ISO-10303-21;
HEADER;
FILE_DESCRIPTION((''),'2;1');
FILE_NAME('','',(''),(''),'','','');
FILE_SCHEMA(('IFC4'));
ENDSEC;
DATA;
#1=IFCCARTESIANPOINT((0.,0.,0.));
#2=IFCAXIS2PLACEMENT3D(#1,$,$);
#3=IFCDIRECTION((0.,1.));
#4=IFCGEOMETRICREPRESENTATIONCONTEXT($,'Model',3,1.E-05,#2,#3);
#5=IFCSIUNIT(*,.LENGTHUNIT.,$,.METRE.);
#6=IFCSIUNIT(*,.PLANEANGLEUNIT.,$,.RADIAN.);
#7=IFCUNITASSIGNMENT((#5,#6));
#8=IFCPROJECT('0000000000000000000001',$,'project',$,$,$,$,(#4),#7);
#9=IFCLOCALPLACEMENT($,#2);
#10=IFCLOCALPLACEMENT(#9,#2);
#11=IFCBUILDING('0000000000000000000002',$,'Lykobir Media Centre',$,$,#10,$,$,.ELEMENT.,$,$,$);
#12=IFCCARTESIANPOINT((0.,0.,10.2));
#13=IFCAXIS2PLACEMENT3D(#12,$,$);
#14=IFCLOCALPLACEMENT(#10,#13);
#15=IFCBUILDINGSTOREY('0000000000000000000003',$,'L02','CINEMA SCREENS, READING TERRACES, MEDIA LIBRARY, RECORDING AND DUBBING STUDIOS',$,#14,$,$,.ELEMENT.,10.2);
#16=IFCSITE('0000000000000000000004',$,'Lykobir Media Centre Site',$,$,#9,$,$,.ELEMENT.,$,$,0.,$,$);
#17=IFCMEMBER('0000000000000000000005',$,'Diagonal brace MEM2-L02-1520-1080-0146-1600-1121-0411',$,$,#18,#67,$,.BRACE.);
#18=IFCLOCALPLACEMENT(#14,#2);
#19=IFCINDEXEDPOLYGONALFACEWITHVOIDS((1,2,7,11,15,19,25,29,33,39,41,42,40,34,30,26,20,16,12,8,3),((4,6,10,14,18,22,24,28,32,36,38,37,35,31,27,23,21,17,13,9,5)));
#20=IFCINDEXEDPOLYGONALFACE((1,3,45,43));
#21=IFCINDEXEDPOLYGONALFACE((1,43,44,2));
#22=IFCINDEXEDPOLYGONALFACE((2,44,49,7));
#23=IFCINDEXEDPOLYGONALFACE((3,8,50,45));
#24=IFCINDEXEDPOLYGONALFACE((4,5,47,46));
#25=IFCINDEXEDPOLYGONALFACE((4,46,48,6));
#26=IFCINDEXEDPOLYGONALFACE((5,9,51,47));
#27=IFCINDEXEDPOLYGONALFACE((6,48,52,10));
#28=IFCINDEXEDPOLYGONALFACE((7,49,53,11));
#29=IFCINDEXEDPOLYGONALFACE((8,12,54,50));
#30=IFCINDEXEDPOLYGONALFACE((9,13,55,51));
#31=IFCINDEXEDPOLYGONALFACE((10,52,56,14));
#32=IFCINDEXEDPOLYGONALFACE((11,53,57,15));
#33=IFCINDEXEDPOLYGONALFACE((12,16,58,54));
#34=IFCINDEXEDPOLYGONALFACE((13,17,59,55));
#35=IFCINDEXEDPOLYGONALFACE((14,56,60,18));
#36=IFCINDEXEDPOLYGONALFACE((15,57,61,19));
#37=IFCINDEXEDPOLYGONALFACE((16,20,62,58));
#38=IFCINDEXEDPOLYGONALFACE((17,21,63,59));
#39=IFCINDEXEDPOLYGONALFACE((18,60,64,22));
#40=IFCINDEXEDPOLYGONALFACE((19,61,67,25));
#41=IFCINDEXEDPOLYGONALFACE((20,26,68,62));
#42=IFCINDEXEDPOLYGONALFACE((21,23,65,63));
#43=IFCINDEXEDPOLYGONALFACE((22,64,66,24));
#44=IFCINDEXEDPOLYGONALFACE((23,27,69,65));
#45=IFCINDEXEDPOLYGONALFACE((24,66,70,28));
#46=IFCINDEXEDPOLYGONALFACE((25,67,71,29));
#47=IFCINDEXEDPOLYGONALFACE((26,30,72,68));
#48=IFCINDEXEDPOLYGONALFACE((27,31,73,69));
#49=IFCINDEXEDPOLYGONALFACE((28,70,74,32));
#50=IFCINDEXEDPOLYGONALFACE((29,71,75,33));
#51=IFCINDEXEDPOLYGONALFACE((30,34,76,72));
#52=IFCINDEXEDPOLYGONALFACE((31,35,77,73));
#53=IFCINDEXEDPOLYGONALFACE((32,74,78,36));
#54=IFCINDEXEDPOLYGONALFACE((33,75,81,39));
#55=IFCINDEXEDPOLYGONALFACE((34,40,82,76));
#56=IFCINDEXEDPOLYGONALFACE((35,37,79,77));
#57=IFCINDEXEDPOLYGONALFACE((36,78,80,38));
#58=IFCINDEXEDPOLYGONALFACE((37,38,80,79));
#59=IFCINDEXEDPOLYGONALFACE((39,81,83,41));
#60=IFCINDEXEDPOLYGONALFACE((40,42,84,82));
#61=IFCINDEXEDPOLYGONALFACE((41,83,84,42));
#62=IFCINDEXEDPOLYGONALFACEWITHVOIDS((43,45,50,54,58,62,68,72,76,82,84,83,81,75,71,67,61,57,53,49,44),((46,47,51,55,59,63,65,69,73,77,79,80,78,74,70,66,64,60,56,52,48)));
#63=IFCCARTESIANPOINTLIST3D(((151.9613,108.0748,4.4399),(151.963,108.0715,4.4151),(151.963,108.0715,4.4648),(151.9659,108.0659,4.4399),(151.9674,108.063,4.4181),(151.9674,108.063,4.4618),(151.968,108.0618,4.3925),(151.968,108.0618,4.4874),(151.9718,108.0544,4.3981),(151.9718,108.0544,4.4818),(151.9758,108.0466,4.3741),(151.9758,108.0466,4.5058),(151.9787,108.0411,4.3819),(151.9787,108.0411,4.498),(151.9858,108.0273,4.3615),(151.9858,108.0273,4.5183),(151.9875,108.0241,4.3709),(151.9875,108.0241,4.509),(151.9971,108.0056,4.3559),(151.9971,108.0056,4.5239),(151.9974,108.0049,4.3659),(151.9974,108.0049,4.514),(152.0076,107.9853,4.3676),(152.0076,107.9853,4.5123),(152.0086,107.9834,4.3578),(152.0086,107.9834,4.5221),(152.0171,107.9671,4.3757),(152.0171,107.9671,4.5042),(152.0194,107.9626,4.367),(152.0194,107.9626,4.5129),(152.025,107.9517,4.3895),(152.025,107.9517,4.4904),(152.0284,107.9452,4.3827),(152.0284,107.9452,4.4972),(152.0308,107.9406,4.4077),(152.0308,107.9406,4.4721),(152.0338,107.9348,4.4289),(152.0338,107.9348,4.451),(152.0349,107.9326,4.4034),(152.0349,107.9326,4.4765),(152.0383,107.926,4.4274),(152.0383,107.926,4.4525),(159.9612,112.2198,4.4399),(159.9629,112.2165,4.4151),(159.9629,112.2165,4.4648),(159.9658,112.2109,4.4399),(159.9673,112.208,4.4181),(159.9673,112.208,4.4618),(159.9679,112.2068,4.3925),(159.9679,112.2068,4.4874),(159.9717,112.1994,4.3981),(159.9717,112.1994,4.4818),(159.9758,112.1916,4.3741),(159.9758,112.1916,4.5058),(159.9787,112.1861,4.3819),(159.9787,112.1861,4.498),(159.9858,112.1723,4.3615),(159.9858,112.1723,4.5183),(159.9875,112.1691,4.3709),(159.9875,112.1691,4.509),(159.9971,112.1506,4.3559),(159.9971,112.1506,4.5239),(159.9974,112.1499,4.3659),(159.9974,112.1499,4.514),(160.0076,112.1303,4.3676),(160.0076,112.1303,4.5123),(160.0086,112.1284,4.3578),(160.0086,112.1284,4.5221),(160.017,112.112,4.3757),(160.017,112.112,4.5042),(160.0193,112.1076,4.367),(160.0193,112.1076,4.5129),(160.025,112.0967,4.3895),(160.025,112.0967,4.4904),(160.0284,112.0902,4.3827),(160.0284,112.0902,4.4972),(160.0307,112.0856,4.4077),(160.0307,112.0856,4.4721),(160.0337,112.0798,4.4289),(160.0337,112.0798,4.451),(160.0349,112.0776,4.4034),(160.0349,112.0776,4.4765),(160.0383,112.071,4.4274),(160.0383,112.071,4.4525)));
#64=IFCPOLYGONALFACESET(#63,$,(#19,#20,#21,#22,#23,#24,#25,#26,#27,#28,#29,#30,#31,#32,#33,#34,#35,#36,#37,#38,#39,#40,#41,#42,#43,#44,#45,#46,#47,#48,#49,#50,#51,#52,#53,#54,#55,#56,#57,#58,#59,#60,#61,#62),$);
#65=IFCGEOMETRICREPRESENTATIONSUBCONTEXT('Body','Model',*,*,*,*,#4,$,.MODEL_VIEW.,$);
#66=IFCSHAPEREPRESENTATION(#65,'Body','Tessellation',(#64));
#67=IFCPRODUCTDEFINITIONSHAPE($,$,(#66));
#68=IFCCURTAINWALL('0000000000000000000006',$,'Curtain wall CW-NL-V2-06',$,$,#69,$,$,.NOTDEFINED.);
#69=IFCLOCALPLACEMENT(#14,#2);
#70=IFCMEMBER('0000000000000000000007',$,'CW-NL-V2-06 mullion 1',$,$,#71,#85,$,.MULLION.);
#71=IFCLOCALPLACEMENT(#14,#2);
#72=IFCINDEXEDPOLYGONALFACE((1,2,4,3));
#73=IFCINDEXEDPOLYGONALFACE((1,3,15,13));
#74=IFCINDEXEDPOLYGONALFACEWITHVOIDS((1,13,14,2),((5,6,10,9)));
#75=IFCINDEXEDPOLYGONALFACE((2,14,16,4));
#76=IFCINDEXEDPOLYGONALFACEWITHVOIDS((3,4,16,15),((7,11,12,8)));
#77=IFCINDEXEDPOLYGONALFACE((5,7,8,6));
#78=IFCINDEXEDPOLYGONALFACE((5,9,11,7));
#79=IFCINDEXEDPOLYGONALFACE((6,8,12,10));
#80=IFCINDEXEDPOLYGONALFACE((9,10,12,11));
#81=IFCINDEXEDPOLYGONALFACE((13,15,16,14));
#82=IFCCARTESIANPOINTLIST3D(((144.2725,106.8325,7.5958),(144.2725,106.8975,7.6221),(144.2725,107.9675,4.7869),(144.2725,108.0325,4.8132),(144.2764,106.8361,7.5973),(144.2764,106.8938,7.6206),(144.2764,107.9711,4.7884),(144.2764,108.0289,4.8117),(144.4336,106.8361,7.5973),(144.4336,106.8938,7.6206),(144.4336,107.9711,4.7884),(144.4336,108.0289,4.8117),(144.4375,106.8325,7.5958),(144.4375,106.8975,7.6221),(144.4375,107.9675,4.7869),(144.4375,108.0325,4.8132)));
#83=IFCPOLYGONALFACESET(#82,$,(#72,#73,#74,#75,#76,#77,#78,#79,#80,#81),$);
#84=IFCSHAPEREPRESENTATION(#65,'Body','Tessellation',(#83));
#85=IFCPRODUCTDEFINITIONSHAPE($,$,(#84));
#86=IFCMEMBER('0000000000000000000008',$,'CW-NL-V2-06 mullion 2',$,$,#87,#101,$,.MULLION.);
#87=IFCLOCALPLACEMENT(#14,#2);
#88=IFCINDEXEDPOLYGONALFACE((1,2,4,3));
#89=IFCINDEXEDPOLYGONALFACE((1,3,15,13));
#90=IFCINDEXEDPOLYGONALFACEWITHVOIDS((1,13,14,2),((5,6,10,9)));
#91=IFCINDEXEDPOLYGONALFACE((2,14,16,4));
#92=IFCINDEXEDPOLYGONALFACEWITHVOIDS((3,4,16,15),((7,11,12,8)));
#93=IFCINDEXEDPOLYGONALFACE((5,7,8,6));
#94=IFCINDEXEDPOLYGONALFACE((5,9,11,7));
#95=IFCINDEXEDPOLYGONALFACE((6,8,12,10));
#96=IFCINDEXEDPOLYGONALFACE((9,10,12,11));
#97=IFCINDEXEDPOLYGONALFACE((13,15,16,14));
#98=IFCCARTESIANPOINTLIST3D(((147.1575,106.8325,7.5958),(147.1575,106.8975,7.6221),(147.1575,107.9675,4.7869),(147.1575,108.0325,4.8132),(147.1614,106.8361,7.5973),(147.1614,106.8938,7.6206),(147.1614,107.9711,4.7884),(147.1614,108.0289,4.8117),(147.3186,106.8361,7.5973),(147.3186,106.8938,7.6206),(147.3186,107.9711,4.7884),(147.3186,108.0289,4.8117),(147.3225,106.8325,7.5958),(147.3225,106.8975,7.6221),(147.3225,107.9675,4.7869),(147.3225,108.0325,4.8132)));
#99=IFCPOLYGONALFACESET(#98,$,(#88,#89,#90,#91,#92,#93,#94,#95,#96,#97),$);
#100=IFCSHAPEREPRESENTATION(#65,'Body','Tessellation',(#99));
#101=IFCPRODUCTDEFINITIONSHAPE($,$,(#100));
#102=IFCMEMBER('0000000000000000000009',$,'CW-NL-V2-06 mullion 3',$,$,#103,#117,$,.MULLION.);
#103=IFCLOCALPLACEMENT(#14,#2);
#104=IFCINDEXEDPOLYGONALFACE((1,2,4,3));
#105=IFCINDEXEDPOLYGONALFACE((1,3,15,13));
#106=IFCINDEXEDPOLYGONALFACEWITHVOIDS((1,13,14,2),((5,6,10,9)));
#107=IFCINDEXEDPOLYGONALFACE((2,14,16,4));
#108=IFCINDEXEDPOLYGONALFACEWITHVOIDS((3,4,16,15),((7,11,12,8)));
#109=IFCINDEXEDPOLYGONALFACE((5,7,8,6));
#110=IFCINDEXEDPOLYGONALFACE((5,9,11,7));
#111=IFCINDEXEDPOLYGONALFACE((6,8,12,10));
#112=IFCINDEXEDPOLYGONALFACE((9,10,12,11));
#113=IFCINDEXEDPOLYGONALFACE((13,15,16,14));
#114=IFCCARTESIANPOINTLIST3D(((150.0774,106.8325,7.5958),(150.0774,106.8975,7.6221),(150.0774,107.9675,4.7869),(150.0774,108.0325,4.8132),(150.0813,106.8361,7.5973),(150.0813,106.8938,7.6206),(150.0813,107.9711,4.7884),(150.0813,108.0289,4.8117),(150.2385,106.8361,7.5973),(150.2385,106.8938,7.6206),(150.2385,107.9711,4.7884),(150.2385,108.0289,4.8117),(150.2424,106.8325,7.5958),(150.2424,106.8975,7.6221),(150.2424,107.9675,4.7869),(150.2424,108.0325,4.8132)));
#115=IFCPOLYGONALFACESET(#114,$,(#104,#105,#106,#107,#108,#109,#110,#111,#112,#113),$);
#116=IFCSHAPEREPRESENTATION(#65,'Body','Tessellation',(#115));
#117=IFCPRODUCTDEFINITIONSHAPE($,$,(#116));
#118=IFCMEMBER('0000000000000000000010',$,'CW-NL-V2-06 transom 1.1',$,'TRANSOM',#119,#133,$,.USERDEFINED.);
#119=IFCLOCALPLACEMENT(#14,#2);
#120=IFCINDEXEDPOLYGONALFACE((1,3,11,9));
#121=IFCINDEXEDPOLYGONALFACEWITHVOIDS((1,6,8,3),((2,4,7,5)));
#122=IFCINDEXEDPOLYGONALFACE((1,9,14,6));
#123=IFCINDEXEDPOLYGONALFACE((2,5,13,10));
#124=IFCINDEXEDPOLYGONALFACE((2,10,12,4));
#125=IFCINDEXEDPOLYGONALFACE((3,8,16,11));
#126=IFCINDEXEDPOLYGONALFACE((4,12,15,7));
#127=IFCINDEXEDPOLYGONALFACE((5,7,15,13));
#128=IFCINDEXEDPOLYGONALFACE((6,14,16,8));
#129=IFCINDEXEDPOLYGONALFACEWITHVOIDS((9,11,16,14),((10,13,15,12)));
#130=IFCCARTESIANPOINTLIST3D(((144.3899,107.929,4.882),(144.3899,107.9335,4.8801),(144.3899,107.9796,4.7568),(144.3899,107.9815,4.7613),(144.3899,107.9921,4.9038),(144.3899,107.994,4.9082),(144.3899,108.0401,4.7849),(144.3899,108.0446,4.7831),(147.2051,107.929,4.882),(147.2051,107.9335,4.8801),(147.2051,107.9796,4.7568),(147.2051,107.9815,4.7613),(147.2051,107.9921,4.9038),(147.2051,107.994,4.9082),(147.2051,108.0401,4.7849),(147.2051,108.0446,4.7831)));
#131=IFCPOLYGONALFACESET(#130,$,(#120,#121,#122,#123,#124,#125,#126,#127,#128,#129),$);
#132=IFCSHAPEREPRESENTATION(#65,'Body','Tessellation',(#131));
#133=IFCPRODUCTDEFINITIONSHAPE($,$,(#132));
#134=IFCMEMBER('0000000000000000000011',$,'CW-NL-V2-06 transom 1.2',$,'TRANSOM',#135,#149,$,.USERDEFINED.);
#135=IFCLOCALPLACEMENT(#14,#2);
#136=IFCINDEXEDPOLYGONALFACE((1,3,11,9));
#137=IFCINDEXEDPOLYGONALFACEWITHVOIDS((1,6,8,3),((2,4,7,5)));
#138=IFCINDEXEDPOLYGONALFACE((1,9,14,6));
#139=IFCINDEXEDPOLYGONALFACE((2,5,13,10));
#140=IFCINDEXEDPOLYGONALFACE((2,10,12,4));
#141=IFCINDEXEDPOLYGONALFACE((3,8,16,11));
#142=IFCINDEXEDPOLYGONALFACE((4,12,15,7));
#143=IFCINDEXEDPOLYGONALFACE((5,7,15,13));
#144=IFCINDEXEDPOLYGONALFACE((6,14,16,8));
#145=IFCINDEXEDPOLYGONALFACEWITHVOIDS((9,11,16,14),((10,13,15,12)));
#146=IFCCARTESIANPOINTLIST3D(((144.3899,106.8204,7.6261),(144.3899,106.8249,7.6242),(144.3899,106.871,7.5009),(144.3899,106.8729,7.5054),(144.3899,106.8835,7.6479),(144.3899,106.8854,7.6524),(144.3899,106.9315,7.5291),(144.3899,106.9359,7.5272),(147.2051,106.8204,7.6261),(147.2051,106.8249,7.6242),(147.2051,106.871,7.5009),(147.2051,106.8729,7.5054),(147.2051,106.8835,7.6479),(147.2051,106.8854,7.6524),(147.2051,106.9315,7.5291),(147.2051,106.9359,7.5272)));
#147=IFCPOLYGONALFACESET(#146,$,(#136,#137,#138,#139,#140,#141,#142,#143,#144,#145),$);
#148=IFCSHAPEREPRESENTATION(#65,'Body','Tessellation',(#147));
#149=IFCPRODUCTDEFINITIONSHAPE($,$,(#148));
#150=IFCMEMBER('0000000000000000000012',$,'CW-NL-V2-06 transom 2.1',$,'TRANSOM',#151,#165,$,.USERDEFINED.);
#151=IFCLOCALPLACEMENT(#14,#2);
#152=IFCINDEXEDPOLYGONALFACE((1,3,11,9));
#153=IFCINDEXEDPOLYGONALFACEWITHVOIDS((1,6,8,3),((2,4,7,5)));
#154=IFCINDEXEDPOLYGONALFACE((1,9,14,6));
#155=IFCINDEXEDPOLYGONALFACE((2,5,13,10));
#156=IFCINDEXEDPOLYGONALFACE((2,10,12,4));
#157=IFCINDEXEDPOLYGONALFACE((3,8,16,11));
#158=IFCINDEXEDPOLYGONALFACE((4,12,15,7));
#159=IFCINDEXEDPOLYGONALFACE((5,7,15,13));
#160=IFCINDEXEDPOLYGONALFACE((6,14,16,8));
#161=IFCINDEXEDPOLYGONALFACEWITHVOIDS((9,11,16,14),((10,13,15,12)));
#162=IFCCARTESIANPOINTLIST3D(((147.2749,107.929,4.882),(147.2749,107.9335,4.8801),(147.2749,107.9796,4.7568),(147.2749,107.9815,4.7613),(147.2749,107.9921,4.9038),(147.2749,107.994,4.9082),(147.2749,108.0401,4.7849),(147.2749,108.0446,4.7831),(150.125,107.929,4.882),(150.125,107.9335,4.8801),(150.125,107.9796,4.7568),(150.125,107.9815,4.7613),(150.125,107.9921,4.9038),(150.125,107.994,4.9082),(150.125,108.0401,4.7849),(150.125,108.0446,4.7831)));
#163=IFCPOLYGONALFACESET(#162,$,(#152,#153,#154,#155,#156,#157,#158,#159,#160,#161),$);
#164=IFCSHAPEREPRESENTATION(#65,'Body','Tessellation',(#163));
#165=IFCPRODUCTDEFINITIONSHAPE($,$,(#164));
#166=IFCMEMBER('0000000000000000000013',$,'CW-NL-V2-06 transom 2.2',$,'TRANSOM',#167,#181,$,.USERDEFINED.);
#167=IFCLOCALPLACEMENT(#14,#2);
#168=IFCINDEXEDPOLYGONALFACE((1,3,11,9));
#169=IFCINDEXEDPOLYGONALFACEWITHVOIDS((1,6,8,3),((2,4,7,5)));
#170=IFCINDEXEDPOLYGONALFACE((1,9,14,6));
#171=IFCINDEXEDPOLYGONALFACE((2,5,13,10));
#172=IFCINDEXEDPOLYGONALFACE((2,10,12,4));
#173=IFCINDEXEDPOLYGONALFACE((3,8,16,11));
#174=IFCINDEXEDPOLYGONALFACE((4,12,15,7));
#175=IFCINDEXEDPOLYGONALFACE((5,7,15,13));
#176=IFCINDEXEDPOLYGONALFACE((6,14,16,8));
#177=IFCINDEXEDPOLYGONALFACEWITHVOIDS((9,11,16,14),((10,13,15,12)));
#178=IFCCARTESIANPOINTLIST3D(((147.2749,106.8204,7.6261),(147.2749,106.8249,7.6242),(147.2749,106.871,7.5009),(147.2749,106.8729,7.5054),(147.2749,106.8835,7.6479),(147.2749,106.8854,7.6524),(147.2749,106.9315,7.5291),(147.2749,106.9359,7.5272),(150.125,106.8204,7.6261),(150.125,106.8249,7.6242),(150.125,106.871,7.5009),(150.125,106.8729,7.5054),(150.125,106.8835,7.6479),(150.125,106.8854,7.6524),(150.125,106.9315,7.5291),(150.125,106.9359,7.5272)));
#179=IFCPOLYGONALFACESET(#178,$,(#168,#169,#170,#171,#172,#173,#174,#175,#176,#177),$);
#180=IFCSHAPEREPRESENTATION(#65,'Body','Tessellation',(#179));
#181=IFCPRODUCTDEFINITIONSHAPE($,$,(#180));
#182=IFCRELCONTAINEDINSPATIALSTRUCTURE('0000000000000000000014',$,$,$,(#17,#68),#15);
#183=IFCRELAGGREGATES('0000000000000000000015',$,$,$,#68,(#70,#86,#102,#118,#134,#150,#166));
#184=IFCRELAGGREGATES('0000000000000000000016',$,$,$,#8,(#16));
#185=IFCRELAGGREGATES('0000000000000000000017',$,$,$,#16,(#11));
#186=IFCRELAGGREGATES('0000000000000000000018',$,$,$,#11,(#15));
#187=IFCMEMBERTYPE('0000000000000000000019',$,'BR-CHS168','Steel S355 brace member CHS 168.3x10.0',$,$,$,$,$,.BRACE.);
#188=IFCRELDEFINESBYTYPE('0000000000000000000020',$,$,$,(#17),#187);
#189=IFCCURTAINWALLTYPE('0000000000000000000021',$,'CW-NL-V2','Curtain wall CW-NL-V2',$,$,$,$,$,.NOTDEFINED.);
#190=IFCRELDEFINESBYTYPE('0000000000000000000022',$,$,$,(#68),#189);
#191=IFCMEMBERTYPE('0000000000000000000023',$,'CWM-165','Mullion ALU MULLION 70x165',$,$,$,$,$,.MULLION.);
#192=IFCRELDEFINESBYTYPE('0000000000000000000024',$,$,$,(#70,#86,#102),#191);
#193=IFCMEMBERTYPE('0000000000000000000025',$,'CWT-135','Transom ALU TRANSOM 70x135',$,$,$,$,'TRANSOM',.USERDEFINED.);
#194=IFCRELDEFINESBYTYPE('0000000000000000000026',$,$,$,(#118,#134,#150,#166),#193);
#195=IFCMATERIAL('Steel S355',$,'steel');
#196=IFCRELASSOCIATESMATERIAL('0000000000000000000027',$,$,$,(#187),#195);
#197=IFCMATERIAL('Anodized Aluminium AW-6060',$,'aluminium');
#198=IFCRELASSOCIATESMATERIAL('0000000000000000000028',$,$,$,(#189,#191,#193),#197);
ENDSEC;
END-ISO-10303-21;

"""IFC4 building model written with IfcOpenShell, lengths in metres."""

from ifc_helpers import new_model, si_unit, direction, frame, origin, origin_2d, place, context, subcontext, project, spatial, hollow_rectangle, hollow_circle, extrude, material, material_profile, profile_set, type_object, element, aggregate, save


model = new_model("IFC4")

# Units and contexts
model_context = context("Model", 3, precision=1e-05, world=origin(), true_north=direction((0.0, 1.0)))
body_context = subcontext(model_context, "Body", "Model", "MODEL_VIEW")
ifc_project = project(units=[si_unit("LENGTHUNIT", "METRE"), si_unit("PLANEANGLEUNIT", "RADIAN")], contexts=[model_context])

# Site, building, storey
site_placement = place(None, origin())
site = spatial("IfcSite", under=ifc_project, at=site_placement, Name="Lykobir Media Centre Site", CompositionType="ELEMENT", RefElevation=0.0)
building_placement = place(site_placement, origin())
building = spatial("IfcBuilding", under=site, at=building_placement, Name="Lykobir Media Centre", CompositionType="ELEMENT")
storey_placement = place(building_placement, frame((0.0, 0.0, 10.2)))
storey = spatial("IfcBuildingStorey", under=building, at=storey_placement, Name="L02", Description="CINEMA SCREENS, READING TERRACES, MEDIA LIBRARY, RECORDING AND DUBBING STUDIOS", CompositionType="ELEMENT", Elevation=10.2)

# Member
ifc_material_1 = material(Name="Steel S355", Category="steel")
ifc_material_profile_1 = material_profile(ifc_material_1, hollow_circle(Radius=0.0842, WallThickness=0.01, at=origin_2d()), Name="CHS 168.3x10.0")
ifc_profile_set_1 = profile_set([ifc_material_profile_1], Name="Steel S355")
member_type_1 = type_object("IfcMemberType", Name="BR-CHS168", Description="Steel S355 brace member CHS 168.3x10.0", PredefinedType="BRACE", material=ifc_profile_set_1)
for number, where, z_axis, x_axis, name in (
    (1, (152.0, 108.0, 4.4399), (0.887896, 0.460043, 0.0), (-0.460043, 0.887896, 0.0), "Diagonal brace MEM2-L02-1520-1080-0146-1600-1121-0411"),
):
    element("IfcMember", number, at=place(storey_placement, frame(where, z_axis=z_axis, x_axis=x_axis)), inside=storey, type_object=member_type_1, Name=name, PredefinedType="BRACE", context=body_context, shape_type="SweptSolid", body=[
        extrude(hollow_circle(Radius=0.0842, WallThickness=0.01, at=origin_2d()), origin(), (0.0, 0.0, 1.0), 9.01),
    ])

# Curtain wall, members
ifc_material_2 = material(Name="Anodized Aluminium AW-6060", Category="aluminium")
curtain_wall_type = type_object("IfcCurtainWallType", Name="CW-NL-V2", Description="Curtain wall CW-NL-V2", PredefinedType="NOTDEFINED", material=ifc_material_2)
curtain_wall_placement = place(storey_placement, origin())
curtain_wall = element("IfcCurtainWall", 2, at=curtain_wall_placement, inside=storey, type_object=curtain_wall_type, Name="Curtain wall CW-NL-V2-06", PredefinedType="NOTDEFINED")
ifc_material_profile_2 = material_profile(ifc_material_2, hollow_rectangle(XDim=0.0701, YDim=0.165, WallThickness=0.0039, at=origin_2d()), Name="ALU MULLION 70x165")
ifc_profile_set_2 = profile_set([ifc_material_profile_2], Name="Anodized Aluminium AW-6060")
member_type_2 = type_object("IfcMemberType", Name="CWM-165", Description="Mullion ALU MULLION 70x165", PredefinedType="MULLION", material=ifc_profile_set_2)
member_1_placement = place(storey_placement, frame((144.355, 108.0, 4.8), z_axis=(0.0, -0.374654, 0.927165), x_axis=(0.0, 0.927165, 0.374654)))
member_1 = element("IfcMember", 3, at=member_1_placement, type_object=member_type_2, Name="CW-NL-V2-06 mullion 1", PredefinedType="MULLION", context=body_context, shape_type="SweptSolid", body=[
    extrude(hollow_rectangle(XDim=0.0701, YDim=0.165, WallThickness=0.0039, at=origin_2d()), origin(), (0.0, 0.0, 1.0), 3.0295),
])
member_2_placement = place(storey_placement, frame((147.24, 108.0, 4.8), z_axis=(0.0, -0.374654, 0.927165), x_axis=(0.0, 0.927165, 0.374654)))
member_2 = element("IfcMember", 4, at=member_2_placement, type_object=member_type_2, Name="CW-NL-V2-06 mullion 2", PredefinedType="MULLION", context=body_context, shape_type="SweptSolid", body=[
    extrude(hollow_rectangle(XDim=0.0701, YDim=0.165, WallThickness=0.0039, at=origin_2d()), origin(), (0.0, 0.0, 1.0), 3.0295),
])
member_3_placement = place(storey_placement, frame((150.1599, 108.0, 4.8), z_axis=(0.0, -0.374654, 0.927165), x_axis=(0.0, 0.927165, 0.374654)))
member_3 = element("IfcMember", 5, at=member_3_placement, type_object=member_type_2, Name="CW-NL-V2-06 mullion 3", PredefinedType="MULLION", context=body_context, shape_type="SweptSolid", body=[
    extrude(hollow_rectangle(XDim=0.0701, YDim=0.165, WallThickness=0.0039, at=origin_2d()), origin(), (0.0, 0.0, 1.0), 3.0295),
])
ifc_material_profile_3 = material_profile(ifc_material_2, hollow_rectangle(XDim=0.0701, YDim=0.135, WallThickness=0.0034, at=origin_2d()), Name="ALU TRANSOM 70x135")
ifc_profile_set_3 = profile_set([ifc_material_profile_3], Name="Anodized Aluminium AW-6060")
member_type_3 = type_object("IfcMemberType", Name="CWT-135", Description="Transom ALU TRANSOM 70x135", ElementType="TRANSOM", PredefinedType="USERDEFINED", material=ifc_profile_set_3)
member_4_placement = place(storey_placement, frame((144.3899, 107.9868, 4.8325), z_axis=(1.0, 0.0, 0.0), x_axis=(0.0, 0.927184, 0.374607)))
member_4 = element("IfcMember", 6, at=member_4_placement, type_object=member_type_3, Name="CW-NL-V2-06 transom 1.1", ObjectType="TRANSOM", PredefinedType="USERDEFINED", context=body_context, shape_type="SweptSolid", body=[
    extrude(hollow_rectangle(XDim=0.0701, YDim=0.135, WallThickness=0.0034, at=origin_2d()), origin(), (0.0, 0.0, 1.0), 2.8152),
])
member_5_placement = place(storey_placement, frame((144.3899, 106.8782, 7.5767), z_axis=(1.0, 0.0, 0.0), x_axis=(0.0, 0.927184, 0.374607)))
member_5 = element("IfcMember", 7, at=member_5_placement, type_object=member_type_3, Name="CW-NL-V2-06 transom 1.2", ObjectType="TRANSOM", PredefinedType="USERDEFINED", context=body_context, shape_type="SweptSolid", body=[
    extrude(hollow_rectangle(XDim=0.0701, YDim=0.135, WallThickness=0.0034, at=origin_2d()), origin(), (0.0, 0.0, 1.0), 2.8152),
])
member_6_placement = place(storey_placement, frame((147.2749, 107.9868, 4.8325), z_axis=(1.0, 0.0, 0.0), x_axis=(0.0, 0.927184, 0.374607)))
member_6 = element("IfcMember", 8, at=member_6_placement, type_object=member_type_3, Name="CW-NL-V2-06 transom 2.1", ObjectType="TRANSOM", PredefinedType="USERDEFINED", context=body_context, shape_type="SweptSolid", body=[
    extrude(hollow_rectangle(XDim=0.0701, YDim=0.135, WallThickness=0.0034, at=origin_2d()), origin(), (0.0, 0.0, 1.0), 2.8501),
])
member_7_placement = place(storey_placement, frame((147.2749, 106.8782, 7.5767), z_axis=(1.0, 0.0, 0.0), x_axis=(0.0, 0.927184, 0.374607)))
member_7 = element("IfcMember", 9, at=member_7_placement, type_object=member_type_3, Name="CW-NL-V2-06 transom 2.2", ObjectType="TRANSOM", PredefinedType="USERDEFINED", context=body_context, shape_type="SweptSolid", body=[
    extrude(hollow_rectangle(XDim=0.0701, YDim=0.135, WallThickness=0.0034, at=origin_2d()), origin(), (0.0, 0.0, 1.0), 2.8501),
])
aggregate(curtain_wall, [member_1, member_2, member_3, member_4, member_5, member_6, member_7])

save(model, "model.ifc")
